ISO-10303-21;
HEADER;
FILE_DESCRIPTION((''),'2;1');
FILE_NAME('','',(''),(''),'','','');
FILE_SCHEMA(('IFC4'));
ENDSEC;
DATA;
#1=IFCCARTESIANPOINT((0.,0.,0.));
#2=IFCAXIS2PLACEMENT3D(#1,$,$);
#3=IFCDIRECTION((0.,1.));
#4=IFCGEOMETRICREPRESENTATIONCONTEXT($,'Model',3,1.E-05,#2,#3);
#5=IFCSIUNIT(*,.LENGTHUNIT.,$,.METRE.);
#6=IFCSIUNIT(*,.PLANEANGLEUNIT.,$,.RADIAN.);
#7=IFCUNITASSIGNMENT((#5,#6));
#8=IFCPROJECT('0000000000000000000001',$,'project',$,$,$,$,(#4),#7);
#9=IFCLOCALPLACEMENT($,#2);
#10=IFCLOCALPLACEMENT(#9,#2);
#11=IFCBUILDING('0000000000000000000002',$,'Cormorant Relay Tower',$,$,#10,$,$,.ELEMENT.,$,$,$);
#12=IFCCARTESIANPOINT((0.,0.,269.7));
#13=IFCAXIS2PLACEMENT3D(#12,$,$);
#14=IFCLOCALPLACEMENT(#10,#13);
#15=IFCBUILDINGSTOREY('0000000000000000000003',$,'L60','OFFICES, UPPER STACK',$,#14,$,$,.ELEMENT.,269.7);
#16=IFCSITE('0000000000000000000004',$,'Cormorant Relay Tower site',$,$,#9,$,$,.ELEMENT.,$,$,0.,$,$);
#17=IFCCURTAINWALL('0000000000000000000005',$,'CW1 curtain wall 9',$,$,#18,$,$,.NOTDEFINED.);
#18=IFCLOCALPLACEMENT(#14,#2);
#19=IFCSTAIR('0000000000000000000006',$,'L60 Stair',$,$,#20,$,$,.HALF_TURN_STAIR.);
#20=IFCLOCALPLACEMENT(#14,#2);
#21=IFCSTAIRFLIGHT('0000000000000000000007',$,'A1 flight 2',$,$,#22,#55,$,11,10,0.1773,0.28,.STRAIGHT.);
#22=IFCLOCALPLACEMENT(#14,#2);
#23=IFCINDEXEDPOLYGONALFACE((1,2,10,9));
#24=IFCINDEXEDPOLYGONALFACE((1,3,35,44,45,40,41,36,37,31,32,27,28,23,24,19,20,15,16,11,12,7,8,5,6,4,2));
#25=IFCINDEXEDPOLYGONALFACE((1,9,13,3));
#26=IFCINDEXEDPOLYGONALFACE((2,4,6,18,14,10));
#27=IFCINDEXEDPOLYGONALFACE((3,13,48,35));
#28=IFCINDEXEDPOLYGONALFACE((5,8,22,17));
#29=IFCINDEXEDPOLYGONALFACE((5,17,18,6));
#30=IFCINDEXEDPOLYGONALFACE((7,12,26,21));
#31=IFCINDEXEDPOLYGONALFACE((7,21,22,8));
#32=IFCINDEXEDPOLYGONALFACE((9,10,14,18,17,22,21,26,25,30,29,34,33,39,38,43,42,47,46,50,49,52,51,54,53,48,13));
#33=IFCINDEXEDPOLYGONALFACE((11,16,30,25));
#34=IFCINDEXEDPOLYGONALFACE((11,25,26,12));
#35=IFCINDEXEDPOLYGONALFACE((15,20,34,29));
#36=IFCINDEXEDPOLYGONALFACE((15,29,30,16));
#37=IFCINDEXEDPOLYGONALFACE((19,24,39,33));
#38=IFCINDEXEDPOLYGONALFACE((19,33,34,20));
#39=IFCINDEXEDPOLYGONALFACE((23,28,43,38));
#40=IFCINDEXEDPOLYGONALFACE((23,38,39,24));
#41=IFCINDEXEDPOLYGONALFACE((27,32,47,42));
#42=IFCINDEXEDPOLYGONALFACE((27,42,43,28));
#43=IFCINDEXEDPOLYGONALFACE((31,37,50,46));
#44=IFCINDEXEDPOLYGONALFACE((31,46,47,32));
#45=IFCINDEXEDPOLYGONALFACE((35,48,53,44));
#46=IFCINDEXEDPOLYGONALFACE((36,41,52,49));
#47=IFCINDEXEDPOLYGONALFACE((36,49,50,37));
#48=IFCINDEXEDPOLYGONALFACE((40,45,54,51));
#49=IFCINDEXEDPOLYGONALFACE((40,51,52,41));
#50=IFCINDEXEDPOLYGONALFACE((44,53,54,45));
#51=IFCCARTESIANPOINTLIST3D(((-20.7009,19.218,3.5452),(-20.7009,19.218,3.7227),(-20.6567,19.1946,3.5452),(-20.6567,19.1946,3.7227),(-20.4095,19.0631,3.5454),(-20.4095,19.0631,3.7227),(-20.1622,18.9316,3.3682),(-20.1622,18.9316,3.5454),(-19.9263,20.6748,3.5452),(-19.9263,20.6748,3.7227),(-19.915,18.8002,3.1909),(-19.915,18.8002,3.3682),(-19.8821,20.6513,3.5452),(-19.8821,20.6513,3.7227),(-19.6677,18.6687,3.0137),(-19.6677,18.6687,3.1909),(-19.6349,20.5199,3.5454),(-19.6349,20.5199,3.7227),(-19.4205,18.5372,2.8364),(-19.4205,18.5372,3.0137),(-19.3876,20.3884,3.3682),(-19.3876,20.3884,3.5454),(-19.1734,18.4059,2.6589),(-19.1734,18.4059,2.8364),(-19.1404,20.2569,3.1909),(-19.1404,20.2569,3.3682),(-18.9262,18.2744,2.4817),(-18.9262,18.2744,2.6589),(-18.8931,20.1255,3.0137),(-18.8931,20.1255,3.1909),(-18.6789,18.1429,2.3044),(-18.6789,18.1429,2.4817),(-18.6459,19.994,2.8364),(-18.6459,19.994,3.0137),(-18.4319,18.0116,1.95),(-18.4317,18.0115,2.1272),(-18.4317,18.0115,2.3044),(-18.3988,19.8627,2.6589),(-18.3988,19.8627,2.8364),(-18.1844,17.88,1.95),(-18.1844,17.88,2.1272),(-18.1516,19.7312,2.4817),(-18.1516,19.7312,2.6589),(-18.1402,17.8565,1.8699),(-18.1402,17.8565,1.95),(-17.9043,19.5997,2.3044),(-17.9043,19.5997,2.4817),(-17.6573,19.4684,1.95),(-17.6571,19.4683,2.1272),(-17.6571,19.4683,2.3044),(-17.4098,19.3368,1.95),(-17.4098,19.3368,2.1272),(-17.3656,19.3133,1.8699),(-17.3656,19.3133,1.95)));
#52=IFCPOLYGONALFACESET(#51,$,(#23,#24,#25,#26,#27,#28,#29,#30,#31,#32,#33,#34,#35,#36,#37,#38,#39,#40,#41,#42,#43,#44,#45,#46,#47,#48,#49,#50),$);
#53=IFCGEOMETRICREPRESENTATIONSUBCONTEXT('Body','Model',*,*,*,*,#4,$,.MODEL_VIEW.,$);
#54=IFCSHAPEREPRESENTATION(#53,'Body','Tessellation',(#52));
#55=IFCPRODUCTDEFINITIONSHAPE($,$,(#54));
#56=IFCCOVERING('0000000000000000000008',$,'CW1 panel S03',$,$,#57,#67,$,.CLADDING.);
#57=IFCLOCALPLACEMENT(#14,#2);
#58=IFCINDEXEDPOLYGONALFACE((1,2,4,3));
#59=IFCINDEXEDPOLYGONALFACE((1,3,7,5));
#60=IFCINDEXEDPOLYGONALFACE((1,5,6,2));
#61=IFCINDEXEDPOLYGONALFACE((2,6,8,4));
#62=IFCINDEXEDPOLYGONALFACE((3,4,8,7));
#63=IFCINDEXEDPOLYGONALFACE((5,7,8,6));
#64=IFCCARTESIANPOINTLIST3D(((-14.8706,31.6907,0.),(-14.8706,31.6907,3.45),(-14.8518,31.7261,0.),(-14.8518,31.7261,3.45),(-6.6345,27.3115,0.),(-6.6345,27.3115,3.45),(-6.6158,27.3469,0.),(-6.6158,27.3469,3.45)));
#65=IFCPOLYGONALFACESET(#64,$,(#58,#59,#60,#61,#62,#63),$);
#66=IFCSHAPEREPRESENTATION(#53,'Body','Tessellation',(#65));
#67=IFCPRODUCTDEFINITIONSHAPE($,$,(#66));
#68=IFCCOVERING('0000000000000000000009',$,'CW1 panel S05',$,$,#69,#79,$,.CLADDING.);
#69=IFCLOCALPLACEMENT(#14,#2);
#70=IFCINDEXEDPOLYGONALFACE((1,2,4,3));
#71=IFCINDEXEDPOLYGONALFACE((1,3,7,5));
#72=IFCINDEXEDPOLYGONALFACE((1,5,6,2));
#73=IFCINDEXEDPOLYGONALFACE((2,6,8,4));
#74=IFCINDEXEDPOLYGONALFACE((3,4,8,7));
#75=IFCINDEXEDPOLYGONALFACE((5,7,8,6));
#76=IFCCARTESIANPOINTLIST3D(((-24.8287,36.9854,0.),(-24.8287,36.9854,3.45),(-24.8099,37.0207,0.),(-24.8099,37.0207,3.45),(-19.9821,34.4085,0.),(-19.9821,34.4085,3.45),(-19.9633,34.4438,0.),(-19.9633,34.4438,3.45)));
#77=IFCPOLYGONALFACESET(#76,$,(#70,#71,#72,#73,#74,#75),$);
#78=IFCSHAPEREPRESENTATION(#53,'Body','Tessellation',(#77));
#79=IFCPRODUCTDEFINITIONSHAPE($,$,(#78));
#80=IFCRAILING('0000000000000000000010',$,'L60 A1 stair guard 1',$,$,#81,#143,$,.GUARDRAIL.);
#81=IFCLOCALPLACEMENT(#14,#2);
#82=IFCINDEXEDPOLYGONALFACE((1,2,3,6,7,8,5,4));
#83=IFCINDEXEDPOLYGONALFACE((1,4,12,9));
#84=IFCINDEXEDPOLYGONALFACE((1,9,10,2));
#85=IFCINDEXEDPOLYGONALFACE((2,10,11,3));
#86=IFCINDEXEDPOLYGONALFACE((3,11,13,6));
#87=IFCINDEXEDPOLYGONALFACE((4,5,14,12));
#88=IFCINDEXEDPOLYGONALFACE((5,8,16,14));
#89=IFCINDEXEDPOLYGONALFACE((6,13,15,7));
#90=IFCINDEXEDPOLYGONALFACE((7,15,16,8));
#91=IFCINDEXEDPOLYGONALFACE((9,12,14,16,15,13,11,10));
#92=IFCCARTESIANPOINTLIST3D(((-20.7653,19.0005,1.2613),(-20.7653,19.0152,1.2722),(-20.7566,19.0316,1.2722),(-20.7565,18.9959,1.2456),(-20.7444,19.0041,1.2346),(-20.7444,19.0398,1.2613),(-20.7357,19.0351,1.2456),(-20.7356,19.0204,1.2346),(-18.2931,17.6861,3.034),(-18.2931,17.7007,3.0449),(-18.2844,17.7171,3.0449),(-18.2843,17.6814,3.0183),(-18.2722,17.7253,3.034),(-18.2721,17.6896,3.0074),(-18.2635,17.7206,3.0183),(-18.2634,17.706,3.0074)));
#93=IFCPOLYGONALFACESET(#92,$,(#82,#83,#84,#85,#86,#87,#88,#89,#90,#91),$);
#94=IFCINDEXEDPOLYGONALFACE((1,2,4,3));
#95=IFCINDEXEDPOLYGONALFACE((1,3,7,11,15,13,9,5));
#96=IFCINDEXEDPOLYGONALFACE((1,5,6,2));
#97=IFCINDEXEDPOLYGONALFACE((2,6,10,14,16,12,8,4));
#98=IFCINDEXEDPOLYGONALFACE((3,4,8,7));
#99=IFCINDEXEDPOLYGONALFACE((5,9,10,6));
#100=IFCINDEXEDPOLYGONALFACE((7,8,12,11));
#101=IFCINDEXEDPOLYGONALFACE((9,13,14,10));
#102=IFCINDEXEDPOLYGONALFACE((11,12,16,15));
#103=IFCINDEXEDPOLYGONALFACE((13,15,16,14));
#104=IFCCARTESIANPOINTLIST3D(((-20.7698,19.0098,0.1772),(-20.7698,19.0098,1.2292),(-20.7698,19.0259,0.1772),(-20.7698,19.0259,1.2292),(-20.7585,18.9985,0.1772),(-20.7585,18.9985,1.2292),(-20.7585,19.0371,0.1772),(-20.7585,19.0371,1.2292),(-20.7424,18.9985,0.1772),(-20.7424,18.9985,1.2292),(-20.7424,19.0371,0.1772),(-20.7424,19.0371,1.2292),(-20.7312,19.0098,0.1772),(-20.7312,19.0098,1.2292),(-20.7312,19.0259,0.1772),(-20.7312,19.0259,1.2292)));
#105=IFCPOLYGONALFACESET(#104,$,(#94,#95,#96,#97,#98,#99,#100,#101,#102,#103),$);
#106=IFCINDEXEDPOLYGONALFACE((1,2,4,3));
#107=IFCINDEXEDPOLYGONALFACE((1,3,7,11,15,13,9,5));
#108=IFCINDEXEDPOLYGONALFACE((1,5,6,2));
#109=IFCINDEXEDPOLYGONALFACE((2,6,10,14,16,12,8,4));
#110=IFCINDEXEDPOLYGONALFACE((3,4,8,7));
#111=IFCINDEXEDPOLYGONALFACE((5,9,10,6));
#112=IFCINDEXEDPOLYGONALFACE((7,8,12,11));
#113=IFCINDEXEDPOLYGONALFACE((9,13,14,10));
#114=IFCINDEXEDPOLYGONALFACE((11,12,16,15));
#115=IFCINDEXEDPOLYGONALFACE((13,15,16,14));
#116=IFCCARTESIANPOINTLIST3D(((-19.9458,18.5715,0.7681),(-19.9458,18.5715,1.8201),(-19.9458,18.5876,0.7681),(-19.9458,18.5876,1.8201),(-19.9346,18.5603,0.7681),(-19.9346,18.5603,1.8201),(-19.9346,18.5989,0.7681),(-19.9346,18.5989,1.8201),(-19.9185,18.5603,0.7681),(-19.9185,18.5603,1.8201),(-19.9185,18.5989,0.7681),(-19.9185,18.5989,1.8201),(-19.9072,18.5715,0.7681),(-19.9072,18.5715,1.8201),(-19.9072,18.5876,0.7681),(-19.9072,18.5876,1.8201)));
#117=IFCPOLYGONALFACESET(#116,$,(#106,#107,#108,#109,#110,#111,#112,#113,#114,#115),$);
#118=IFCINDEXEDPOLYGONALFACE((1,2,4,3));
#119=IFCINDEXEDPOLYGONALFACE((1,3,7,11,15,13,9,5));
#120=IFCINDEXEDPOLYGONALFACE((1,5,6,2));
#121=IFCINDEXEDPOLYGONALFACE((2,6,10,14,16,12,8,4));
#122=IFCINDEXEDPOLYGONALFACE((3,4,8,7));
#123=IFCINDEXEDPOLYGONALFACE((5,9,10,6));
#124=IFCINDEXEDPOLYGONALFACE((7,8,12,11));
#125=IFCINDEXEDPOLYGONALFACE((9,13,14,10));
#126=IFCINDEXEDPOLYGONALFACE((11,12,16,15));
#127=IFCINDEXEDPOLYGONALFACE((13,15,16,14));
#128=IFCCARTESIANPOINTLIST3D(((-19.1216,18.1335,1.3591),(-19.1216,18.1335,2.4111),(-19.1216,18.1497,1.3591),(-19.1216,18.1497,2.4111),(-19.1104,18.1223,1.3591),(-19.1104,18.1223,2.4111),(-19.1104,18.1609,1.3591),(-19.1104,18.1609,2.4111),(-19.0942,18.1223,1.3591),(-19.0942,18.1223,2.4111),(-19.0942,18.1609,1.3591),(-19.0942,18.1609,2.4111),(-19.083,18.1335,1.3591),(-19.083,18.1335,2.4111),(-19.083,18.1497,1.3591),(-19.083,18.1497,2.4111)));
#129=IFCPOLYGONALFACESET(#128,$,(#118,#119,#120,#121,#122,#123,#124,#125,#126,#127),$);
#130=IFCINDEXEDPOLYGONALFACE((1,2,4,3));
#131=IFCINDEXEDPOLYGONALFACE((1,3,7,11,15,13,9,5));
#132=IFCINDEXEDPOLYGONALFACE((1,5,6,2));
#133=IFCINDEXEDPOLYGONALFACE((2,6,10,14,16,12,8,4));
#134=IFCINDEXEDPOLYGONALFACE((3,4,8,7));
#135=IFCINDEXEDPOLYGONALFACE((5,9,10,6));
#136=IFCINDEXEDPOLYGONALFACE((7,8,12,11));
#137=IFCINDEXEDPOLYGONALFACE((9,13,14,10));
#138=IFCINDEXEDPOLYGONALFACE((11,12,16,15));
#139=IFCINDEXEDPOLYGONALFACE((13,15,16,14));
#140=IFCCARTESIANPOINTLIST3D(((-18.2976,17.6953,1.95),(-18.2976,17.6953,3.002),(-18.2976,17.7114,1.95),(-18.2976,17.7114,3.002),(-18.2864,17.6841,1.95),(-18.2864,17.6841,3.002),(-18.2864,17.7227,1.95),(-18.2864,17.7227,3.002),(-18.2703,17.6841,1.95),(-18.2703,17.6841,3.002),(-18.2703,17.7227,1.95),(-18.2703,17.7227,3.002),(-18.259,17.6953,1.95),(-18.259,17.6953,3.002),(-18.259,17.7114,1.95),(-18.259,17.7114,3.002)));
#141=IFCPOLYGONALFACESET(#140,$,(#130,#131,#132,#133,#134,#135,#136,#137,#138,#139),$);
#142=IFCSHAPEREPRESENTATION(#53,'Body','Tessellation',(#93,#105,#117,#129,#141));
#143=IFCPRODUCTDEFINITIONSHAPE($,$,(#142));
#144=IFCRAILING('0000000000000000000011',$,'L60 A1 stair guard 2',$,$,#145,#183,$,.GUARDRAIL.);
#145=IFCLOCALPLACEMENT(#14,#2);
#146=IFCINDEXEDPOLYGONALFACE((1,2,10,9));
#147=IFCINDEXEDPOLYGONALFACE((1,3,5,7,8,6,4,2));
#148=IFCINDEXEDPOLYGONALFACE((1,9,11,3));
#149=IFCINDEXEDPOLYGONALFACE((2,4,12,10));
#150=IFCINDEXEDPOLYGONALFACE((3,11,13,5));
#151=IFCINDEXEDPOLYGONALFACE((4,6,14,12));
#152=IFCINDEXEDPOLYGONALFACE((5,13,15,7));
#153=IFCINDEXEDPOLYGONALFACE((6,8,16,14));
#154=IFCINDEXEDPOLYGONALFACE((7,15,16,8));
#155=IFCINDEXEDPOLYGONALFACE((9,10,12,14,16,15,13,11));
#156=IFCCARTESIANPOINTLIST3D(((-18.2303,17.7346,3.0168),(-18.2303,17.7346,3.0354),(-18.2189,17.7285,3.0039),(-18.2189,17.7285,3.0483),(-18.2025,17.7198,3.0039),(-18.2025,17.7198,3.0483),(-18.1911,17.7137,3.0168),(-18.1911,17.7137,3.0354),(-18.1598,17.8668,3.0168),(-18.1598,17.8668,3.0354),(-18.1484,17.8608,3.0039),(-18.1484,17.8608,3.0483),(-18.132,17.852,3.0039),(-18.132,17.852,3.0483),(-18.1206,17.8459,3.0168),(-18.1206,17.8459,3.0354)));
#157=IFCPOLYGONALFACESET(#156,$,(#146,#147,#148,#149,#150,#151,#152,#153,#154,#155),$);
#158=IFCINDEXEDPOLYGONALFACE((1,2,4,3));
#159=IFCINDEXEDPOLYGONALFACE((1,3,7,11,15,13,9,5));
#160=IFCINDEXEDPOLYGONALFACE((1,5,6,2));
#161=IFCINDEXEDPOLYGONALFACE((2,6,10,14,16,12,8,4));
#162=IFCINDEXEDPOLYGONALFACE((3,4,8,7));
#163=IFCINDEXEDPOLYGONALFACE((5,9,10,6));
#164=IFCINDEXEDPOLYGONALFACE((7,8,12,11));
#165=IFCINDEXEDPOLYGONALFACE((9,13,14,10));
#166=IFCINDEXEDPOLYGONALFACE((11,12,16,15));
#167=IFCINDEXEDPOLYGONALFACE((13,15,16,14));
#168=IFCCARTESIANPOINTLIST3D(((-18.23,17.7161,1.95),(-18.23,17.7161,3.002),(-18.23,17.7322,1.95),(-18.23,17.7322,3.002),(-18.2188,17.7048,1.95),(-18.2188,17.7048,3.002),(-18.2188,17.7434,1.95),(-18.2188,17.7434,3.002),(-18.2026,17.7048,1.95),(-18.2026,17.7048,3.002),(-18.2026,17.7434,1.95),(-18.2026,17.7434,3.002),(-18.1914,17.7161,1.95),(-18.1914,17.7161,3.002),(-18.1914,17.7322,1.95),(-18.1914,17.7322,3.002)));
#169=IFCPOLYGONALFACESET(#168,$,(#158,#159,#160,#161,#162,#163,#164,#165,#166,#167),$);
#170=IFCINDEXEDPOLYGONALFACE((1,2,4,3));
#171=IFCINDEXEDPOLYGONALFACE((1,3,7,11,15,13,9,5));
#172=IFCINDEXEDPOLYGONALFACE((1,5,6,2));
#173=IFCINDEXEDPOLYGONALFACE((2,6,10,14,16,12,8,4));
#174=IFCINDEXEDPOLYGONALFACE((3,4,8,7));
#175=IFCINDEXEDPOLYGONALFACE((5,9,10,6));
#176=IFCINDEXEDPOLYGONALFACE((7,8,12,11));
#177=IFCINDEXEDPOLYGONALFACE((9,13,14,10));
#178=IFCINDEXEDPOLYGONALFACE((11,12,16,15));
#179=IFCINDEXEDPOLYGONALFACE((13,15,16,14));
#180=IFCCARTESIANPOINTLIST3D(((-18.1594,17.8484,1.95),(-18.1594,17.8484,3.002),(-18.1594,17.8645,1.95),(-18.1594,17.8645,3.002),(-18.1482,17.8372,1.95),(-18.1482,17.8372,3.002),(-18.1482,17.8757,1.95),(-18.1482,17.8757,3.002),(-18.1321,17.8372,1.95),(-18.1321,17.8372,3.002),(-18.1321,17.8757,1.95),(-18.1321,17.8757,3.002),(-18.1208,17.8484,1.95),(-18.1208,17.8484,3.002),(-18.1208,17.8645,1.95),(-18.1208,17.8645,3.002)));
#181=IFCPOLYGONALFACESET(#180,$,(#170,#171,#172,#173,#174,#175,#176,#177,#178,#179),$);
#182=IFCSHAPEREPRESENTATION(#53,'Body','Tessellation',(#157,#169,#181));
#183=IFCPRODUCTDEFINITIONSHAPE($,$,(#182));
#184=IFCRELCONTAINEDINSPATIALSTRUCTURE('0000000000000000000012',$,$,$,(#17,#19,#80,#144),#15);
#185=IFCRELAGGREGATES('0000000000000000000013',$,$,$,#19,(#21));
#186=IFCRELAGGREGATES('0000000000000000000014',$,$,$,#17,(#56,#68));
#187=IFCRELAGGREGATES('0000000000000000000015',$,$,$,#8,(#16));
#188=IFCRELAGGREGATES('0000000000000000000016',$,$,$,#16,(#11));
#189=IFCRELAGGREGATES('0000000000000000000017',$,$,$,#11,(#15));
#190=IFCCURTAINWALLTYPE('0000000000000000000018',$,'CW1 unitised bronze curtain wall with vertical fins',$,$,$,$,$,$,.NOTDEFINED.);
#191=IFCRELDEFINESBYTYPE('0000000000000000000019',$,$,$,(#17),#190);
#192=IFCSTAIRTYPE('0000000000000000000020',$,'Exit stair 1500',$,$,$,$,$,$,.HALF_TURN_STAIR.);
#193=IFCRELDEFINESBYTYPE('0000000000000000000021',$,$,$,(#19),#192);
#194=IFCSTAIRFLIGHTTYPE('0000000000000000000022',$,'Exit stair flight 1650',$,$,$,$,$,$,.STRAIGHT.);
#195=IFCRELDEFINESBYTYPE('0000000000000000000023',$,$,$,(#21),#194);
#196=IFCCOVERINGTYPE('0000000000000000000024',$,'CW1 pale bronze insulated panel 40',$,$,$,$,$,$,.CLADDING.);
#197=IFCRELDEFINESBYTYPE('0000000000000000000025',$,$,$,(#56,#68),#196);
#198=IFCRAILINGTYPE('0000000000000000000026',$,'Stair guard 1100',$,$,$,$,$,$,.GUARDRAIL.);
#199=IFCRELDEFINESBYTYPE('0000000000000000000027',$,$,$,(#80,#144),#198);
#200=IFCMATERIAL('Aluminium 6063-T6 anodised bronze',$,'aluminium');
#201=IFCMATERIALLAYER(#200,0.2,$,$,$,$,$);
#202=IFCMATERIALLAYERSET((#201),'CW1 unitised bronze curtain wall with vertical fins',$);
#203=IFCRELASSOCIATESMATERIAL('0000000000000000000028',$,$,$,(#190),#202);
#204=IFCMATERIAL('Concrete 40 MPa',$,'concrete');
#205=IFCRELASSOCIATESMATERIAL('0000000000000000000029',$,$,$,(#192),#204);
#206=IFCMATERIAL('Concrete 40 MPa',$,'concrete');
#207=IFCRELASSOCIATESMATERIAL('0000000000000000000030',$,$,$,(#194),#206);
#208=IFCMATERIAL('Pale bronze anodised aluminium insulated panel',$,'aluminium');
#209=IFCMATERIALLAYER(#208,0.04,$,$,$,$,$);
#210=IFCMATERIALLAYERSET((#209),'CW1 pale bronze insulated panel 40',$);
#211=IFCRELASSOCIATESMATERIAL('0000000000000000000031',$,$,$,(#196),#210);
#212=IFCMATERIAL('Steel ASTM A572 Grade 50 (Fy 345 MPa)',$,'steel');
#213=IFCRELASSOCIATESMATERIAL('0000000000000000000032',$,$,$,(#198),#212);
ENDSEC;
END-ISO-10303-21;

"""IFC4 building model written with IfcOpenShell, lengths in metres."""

from ifc_helpers import new_model, si_unit, direction, frame, origin, origin_2d, place, context, subcontext, project, spatial, polyline, rectangle, outline, extrude, material, layer, layer_set, type_object, element, aggregate, save


model = new_model("IFC4")

# Units and contexts
model_context = context("Model", 3, precision=1e-05, world=origin(), true_north=direction((0.0, 1.0)))
body_context = subcontext(model_context, "Body", "Model", "MODEL_VIEW")
ifc_project = project(units=[si_unit("LENGTHUNIT", "METRE"), si_unit("PLANEANGLEUNIT", "RADIAN")], contexts=[model_context])

# Site, building, storey
site_placement = place(None, origin())
site = spatial("IfcSite", under=ifc_project, at=site_placement, Name="Cormorant Relay Tower site", CompositionType="ELEMENT", RefElevation=0.0)
building_placement = place(site_placement, origin())
building = spatial("IfcBuilding", under=site, at=building_placement, Name="Cormorant Relay Tower", CompositionType="ELEMENT")
storey_placement = place(building_placement, frame((0.0, 0.0, 269.7)))
storey = spatial("IfcBuildingStorey", under=building, at=storey_placement, Name="L60", Description="OFFICES, UPPER STACK", CompositionType="ELEMENT", Elevation=269.7)

# Curtain wall
ifc_material_1 = material(Name="Aluminium 6063-T6 anodised bronze", Category="aluminium")
ifc_layer_1 = layer(ifc_material_1, 0.2)
ifc_layer_set_1 = layer_set([ifc_layer_1], Name="CW1 unitised bronze curtain wall with vertical fins")
curtain_wall_type = type_object("IfcCurtainWallType", Name="CW1 unitised bronze curtain wall with vertical fins", PredefinedType="NOTDEFINED", material=ifc_layer_set_1)
curtain_wall_placement = place(storey_placement, origin())
curtain_wall = element("IfcCurtainWall", 1, at=curtain_wall_placement, inside=storey, type_object=curtain_wall_type, Name="CW1 curtain wall 9", PredefinedType="NOTDEFINED")

# Stair, stair flight
ifc_material_2 = material(Name="Concrete 40 MPa", Category="concrete")
stair_type = type_object("IfcStairType", Name="Exit stair 1500", PredefinedType="HALF_TURN_STAIR", material=ifc_material_2)
stair_placement = place(storey_placement, origin())
stair = element("IfcStair", 2, at=stair_placement, inside=storey, type_object=stair_type, Name="L60 Stair", PredefinedType="HALF_TURN_STAIR")
ifc_material_3 = material(Name="Concrete 40 MPa", Category="concrete")
stair_flight_type = type_object("IfcStairFlightType", Name="Exit stair flight 1650", PredefinedType="STRAIGHT", material=ifc_material_3)
stair_flight_1_placement = place(storey_placement, frame((-17.7971, 18.6084, 1.95), z_axis=(0.0, 0.0, 1.0), x_axis=(-0.882948, 0.469472, 0.0)))
stair_flight_1 = element("IfcStairFlight", 3, at=stair_flight_1_placement, type_object=stair_flight_type, Name="A1 flight 2", NumberOfRisers=11, NumberOfTreads=10, PredefinedType="STRAIGHT", RiserHeight=0.1773, TreadLength=0.28, context=body_context, shape_type="SweptSolid", body=[
    extrude(outline(polyline([(-0.05, -0.0801), (-0.05, 0.0), (0.0, 0.0), (0.0, 0.1772), (0.28, 0.1772), (0.28, 0.3545), (0.5601, 0.3545), (0.5601, 0.5317), (0.8401, 0.5317), (0.8401, 0.709), (1.1201, 0.709), (1.1201, 0.8865), (1.3999, 0.8865), (1.3999, 1.0637), (1.6799, 1.0637), (1.6799, 1.241), (1.96, 1.241), (1.96, 1.4182), (2.24, 1.4182), (2.24, 1.5955), (2.52, 1.5955), (2.52, 1.7727), (2.8, 1.7727), (2.8501, 1.7727), (2.8501, 1.5952), (2.8, 1.5952), (0.2803, 0.0), (-0.05, -0.0801)])), frame((0.0, 0.825, 0.0), z_axis=(0.0, -1.0, 0.0), x_axis=(1.0, 0.0, 0.0)), (0.0, 0.0, 1.0), 1.6499),
])
aggregate(stair, [stair_flight_1])

# Coverings
ifc_material_4 = material(Name="Pale bronze anodised aluminium insulated panel", Category="aluminium")
ifc_layer_2 = layer(ifc_material_4, 0.04)
ifc_layer_set_2 = layer_set([ifc_layer_2], Name="CW1 pale bronze insulated panel 40")
covering_type = type_object("IfcCoveringType", Name="CW1 pale bronze insulated panel 40", PredefinedType="CLADDING", material=ifc_layer_set_2)
covering_1_placement = place(storey_placement, frame((-10.7432, 29.5188, 0.0), z_axis=(0.0, 0.0, 1.0), x_axis=(-0.882948, 0.469472, 0.0)))
covering_1 = element("IfcCovering", 4, at=covering_1_placement, type_object=covering_type, Name="CW1 panel S03", PredefinedType="CLADDING", context=body_context, shape_type="SweptSolid", body=[
    extrude(rectangle(XDim=9.3279, YDim=0.04, at=origin_2d()), origin(), (0.0, 0.0, 1.0), 3.45),
])
covering_2_placement = place(storey_placement, frame((-22.396, 35.7146, 0.0), z_axis=(0.0, 0.0, 1.0), x_axis=(-0.882948, 0.469472, 0.0)))
covering_2 = element("IfcCovering", 5, at=covering_2_placement, type_object=covering_type, Name="CW1 panel S05", PredefinedType="CLADDING", context=body_context, shape_type="SweptSolid", body=[
    extrude(rectangle(XDim=5.489, YDim=0.04, at=origin_2d()), origin(), (0.0, 0.0, 1.0), 3.45),
])
aggregate(curtain_wall, [covering_1, covering_2])

# Railings
ifc_material_5 = material(Name="Steel ASTM A572 Grade 50 (Fy 345 MPa)", Category="steel")
railing_type_1 = type_object("IfcRailingType", Name="Stair guard 1100", PredefinedType="GUARDRAIL", material=ifc_material_5)
railing_1_placement = place(storey_placement, frame((-20.7505, 19.0178, 0.1772)))
element("IfcRailing", 6, at=railing_1_placement, inside=storey, type_object=railing_type_1, Name="L60 A1 stair guard 1", PredefinedType="GUARDRAIL", context=body_context, shape_type="SweptSolid", body=[
    extrude(outline(polyline([(0.0222, 0.0093), (0.0093, 0.0222), (-0.0093, 0.0222), (-0.0222, 0.0093), (-0.0222, -0.0093), (-0.0093, -0.0222), (0.0093, -0.0222), (0.0222, -0.0093), (0.0222, 0.0093)])), frame((0.0, 0.0, 1.0762), z_axis=(0.746001, -0.396649, 0.534931), x_axis=(0.469465, 0.882951, 0.0)), (0.0, 0.0, 1.0), 3.314),
    extrude(outline(polyline([(0.0193, 0.0081), (0.0081, 0.0193), (-0.0081, 0.0193), (-0.0193, 0.0081), (-0.0193, -0.0081), (-0.0081, -0.0193), (0.0081, -0.0193), (0.0193, -0.0081), (0.0193, 0.0081)])), origin(), (0.0, 0.0, 1.0), 1.052),
    extrude(outline(polyline([(0.0193, 0.0081), (0.0081, 0.0193), (-0.0081, 0.0193), (-0.0193, 0.0081), (-0.0193, -0.0081), (-0.0081, -0.0193), (0.0081, -0.0193), (0.0193, -0.0081), (0.0193, 0.0081)])), frame((0.824, -0.4382, 0.5908)), (0.0, 0.0, 1.0), 1.052),
    extrude(outline(polyline([(0.0193, 0.0081), (0.0081, 0.0193), (-0.0081, 0.0193), (-0.0193, 0.0081), (-0.0193, -0.0081), (-0.0081, -0.0193), (0.0081, -0.0193), (0.0193, -0.0081), (0.0193, 0.0081)])), frame((1.6482, -0.8762, 1.1819)), (0.0, 0.0, 1.0), 1.052),
    extrude(outline(polyline([(0.0193, 0.0081), (0.0081, 0.0193), (-0.0081, 0.0193), (-0.0193, 0.0081), (-0.0193, -0.0081), (-0.0081, -0.0193), (0.0081, -0.0193), (0.0193, -0.0081), (0.0193, 0.0081)])), frame((2.4722, -1.3145, 1.7727)), (0.0, 0.0, 1.0), 1.052),
])
railing_2_placement = place(storey_placement, frame((-18.2107, 17.7241, 1.95)))
element("IfcRailing", 7, at=railing_2_placement, inside=storey, type_object=railing_type_1, Name="L60 A1 stair guard 2", PredefinedType="GUARDRAIL", context=body_context, shape_type="SweptSolid", body=[
    extrude(outline(polyline([(0.0222, 0.0093), (0.0093, 0.0222), (-0.0093, 0.0222), (-0.0222, 0.0093), (-0.0222, -0.0093), (-0.0093, -0.0222), (0.0093, -0.0222), (0.0222, -0.0093), (0.0222, 0.0093)])), frame((0.0, 0.0, 1.0762), z_axis=(0.470504, 0.882398, 0.0), x_axis=(-0.882398, 0.470504, 0.0)), (0.0, 0.0, 1.0), 0.1499),
    extrude(outline(polyline([(0.0193, 0.0081), (0.0081, 0.0193), (-0.0081, 0.0193), (-0.0193, 0.0081), (-0.0193, -0.0081), (-0.0081, -0.0193), (0.0081, -0.0193), (0.0193, -0.0081), (0.0193, 0.0081)])), origin(), (0.0, 0.0, 1.0), 1.052),
    extrude(outline(polyline([(0.0193, 0.0081), (0.0081, 0.0193), (-0.0081, 0.0193), (-0.0193, 0.0081), (-0.0193, -0.0081), (-0.0081, -0.0193), (0.0081, -0.0193), (0.0193, -0.0081), (0.0193, 0.0081)])), frame((0.0706, 0.1323, 0.0)), (0.0, 0.0, 1.0), 1.052),
])

save(model, "model.ifc")
